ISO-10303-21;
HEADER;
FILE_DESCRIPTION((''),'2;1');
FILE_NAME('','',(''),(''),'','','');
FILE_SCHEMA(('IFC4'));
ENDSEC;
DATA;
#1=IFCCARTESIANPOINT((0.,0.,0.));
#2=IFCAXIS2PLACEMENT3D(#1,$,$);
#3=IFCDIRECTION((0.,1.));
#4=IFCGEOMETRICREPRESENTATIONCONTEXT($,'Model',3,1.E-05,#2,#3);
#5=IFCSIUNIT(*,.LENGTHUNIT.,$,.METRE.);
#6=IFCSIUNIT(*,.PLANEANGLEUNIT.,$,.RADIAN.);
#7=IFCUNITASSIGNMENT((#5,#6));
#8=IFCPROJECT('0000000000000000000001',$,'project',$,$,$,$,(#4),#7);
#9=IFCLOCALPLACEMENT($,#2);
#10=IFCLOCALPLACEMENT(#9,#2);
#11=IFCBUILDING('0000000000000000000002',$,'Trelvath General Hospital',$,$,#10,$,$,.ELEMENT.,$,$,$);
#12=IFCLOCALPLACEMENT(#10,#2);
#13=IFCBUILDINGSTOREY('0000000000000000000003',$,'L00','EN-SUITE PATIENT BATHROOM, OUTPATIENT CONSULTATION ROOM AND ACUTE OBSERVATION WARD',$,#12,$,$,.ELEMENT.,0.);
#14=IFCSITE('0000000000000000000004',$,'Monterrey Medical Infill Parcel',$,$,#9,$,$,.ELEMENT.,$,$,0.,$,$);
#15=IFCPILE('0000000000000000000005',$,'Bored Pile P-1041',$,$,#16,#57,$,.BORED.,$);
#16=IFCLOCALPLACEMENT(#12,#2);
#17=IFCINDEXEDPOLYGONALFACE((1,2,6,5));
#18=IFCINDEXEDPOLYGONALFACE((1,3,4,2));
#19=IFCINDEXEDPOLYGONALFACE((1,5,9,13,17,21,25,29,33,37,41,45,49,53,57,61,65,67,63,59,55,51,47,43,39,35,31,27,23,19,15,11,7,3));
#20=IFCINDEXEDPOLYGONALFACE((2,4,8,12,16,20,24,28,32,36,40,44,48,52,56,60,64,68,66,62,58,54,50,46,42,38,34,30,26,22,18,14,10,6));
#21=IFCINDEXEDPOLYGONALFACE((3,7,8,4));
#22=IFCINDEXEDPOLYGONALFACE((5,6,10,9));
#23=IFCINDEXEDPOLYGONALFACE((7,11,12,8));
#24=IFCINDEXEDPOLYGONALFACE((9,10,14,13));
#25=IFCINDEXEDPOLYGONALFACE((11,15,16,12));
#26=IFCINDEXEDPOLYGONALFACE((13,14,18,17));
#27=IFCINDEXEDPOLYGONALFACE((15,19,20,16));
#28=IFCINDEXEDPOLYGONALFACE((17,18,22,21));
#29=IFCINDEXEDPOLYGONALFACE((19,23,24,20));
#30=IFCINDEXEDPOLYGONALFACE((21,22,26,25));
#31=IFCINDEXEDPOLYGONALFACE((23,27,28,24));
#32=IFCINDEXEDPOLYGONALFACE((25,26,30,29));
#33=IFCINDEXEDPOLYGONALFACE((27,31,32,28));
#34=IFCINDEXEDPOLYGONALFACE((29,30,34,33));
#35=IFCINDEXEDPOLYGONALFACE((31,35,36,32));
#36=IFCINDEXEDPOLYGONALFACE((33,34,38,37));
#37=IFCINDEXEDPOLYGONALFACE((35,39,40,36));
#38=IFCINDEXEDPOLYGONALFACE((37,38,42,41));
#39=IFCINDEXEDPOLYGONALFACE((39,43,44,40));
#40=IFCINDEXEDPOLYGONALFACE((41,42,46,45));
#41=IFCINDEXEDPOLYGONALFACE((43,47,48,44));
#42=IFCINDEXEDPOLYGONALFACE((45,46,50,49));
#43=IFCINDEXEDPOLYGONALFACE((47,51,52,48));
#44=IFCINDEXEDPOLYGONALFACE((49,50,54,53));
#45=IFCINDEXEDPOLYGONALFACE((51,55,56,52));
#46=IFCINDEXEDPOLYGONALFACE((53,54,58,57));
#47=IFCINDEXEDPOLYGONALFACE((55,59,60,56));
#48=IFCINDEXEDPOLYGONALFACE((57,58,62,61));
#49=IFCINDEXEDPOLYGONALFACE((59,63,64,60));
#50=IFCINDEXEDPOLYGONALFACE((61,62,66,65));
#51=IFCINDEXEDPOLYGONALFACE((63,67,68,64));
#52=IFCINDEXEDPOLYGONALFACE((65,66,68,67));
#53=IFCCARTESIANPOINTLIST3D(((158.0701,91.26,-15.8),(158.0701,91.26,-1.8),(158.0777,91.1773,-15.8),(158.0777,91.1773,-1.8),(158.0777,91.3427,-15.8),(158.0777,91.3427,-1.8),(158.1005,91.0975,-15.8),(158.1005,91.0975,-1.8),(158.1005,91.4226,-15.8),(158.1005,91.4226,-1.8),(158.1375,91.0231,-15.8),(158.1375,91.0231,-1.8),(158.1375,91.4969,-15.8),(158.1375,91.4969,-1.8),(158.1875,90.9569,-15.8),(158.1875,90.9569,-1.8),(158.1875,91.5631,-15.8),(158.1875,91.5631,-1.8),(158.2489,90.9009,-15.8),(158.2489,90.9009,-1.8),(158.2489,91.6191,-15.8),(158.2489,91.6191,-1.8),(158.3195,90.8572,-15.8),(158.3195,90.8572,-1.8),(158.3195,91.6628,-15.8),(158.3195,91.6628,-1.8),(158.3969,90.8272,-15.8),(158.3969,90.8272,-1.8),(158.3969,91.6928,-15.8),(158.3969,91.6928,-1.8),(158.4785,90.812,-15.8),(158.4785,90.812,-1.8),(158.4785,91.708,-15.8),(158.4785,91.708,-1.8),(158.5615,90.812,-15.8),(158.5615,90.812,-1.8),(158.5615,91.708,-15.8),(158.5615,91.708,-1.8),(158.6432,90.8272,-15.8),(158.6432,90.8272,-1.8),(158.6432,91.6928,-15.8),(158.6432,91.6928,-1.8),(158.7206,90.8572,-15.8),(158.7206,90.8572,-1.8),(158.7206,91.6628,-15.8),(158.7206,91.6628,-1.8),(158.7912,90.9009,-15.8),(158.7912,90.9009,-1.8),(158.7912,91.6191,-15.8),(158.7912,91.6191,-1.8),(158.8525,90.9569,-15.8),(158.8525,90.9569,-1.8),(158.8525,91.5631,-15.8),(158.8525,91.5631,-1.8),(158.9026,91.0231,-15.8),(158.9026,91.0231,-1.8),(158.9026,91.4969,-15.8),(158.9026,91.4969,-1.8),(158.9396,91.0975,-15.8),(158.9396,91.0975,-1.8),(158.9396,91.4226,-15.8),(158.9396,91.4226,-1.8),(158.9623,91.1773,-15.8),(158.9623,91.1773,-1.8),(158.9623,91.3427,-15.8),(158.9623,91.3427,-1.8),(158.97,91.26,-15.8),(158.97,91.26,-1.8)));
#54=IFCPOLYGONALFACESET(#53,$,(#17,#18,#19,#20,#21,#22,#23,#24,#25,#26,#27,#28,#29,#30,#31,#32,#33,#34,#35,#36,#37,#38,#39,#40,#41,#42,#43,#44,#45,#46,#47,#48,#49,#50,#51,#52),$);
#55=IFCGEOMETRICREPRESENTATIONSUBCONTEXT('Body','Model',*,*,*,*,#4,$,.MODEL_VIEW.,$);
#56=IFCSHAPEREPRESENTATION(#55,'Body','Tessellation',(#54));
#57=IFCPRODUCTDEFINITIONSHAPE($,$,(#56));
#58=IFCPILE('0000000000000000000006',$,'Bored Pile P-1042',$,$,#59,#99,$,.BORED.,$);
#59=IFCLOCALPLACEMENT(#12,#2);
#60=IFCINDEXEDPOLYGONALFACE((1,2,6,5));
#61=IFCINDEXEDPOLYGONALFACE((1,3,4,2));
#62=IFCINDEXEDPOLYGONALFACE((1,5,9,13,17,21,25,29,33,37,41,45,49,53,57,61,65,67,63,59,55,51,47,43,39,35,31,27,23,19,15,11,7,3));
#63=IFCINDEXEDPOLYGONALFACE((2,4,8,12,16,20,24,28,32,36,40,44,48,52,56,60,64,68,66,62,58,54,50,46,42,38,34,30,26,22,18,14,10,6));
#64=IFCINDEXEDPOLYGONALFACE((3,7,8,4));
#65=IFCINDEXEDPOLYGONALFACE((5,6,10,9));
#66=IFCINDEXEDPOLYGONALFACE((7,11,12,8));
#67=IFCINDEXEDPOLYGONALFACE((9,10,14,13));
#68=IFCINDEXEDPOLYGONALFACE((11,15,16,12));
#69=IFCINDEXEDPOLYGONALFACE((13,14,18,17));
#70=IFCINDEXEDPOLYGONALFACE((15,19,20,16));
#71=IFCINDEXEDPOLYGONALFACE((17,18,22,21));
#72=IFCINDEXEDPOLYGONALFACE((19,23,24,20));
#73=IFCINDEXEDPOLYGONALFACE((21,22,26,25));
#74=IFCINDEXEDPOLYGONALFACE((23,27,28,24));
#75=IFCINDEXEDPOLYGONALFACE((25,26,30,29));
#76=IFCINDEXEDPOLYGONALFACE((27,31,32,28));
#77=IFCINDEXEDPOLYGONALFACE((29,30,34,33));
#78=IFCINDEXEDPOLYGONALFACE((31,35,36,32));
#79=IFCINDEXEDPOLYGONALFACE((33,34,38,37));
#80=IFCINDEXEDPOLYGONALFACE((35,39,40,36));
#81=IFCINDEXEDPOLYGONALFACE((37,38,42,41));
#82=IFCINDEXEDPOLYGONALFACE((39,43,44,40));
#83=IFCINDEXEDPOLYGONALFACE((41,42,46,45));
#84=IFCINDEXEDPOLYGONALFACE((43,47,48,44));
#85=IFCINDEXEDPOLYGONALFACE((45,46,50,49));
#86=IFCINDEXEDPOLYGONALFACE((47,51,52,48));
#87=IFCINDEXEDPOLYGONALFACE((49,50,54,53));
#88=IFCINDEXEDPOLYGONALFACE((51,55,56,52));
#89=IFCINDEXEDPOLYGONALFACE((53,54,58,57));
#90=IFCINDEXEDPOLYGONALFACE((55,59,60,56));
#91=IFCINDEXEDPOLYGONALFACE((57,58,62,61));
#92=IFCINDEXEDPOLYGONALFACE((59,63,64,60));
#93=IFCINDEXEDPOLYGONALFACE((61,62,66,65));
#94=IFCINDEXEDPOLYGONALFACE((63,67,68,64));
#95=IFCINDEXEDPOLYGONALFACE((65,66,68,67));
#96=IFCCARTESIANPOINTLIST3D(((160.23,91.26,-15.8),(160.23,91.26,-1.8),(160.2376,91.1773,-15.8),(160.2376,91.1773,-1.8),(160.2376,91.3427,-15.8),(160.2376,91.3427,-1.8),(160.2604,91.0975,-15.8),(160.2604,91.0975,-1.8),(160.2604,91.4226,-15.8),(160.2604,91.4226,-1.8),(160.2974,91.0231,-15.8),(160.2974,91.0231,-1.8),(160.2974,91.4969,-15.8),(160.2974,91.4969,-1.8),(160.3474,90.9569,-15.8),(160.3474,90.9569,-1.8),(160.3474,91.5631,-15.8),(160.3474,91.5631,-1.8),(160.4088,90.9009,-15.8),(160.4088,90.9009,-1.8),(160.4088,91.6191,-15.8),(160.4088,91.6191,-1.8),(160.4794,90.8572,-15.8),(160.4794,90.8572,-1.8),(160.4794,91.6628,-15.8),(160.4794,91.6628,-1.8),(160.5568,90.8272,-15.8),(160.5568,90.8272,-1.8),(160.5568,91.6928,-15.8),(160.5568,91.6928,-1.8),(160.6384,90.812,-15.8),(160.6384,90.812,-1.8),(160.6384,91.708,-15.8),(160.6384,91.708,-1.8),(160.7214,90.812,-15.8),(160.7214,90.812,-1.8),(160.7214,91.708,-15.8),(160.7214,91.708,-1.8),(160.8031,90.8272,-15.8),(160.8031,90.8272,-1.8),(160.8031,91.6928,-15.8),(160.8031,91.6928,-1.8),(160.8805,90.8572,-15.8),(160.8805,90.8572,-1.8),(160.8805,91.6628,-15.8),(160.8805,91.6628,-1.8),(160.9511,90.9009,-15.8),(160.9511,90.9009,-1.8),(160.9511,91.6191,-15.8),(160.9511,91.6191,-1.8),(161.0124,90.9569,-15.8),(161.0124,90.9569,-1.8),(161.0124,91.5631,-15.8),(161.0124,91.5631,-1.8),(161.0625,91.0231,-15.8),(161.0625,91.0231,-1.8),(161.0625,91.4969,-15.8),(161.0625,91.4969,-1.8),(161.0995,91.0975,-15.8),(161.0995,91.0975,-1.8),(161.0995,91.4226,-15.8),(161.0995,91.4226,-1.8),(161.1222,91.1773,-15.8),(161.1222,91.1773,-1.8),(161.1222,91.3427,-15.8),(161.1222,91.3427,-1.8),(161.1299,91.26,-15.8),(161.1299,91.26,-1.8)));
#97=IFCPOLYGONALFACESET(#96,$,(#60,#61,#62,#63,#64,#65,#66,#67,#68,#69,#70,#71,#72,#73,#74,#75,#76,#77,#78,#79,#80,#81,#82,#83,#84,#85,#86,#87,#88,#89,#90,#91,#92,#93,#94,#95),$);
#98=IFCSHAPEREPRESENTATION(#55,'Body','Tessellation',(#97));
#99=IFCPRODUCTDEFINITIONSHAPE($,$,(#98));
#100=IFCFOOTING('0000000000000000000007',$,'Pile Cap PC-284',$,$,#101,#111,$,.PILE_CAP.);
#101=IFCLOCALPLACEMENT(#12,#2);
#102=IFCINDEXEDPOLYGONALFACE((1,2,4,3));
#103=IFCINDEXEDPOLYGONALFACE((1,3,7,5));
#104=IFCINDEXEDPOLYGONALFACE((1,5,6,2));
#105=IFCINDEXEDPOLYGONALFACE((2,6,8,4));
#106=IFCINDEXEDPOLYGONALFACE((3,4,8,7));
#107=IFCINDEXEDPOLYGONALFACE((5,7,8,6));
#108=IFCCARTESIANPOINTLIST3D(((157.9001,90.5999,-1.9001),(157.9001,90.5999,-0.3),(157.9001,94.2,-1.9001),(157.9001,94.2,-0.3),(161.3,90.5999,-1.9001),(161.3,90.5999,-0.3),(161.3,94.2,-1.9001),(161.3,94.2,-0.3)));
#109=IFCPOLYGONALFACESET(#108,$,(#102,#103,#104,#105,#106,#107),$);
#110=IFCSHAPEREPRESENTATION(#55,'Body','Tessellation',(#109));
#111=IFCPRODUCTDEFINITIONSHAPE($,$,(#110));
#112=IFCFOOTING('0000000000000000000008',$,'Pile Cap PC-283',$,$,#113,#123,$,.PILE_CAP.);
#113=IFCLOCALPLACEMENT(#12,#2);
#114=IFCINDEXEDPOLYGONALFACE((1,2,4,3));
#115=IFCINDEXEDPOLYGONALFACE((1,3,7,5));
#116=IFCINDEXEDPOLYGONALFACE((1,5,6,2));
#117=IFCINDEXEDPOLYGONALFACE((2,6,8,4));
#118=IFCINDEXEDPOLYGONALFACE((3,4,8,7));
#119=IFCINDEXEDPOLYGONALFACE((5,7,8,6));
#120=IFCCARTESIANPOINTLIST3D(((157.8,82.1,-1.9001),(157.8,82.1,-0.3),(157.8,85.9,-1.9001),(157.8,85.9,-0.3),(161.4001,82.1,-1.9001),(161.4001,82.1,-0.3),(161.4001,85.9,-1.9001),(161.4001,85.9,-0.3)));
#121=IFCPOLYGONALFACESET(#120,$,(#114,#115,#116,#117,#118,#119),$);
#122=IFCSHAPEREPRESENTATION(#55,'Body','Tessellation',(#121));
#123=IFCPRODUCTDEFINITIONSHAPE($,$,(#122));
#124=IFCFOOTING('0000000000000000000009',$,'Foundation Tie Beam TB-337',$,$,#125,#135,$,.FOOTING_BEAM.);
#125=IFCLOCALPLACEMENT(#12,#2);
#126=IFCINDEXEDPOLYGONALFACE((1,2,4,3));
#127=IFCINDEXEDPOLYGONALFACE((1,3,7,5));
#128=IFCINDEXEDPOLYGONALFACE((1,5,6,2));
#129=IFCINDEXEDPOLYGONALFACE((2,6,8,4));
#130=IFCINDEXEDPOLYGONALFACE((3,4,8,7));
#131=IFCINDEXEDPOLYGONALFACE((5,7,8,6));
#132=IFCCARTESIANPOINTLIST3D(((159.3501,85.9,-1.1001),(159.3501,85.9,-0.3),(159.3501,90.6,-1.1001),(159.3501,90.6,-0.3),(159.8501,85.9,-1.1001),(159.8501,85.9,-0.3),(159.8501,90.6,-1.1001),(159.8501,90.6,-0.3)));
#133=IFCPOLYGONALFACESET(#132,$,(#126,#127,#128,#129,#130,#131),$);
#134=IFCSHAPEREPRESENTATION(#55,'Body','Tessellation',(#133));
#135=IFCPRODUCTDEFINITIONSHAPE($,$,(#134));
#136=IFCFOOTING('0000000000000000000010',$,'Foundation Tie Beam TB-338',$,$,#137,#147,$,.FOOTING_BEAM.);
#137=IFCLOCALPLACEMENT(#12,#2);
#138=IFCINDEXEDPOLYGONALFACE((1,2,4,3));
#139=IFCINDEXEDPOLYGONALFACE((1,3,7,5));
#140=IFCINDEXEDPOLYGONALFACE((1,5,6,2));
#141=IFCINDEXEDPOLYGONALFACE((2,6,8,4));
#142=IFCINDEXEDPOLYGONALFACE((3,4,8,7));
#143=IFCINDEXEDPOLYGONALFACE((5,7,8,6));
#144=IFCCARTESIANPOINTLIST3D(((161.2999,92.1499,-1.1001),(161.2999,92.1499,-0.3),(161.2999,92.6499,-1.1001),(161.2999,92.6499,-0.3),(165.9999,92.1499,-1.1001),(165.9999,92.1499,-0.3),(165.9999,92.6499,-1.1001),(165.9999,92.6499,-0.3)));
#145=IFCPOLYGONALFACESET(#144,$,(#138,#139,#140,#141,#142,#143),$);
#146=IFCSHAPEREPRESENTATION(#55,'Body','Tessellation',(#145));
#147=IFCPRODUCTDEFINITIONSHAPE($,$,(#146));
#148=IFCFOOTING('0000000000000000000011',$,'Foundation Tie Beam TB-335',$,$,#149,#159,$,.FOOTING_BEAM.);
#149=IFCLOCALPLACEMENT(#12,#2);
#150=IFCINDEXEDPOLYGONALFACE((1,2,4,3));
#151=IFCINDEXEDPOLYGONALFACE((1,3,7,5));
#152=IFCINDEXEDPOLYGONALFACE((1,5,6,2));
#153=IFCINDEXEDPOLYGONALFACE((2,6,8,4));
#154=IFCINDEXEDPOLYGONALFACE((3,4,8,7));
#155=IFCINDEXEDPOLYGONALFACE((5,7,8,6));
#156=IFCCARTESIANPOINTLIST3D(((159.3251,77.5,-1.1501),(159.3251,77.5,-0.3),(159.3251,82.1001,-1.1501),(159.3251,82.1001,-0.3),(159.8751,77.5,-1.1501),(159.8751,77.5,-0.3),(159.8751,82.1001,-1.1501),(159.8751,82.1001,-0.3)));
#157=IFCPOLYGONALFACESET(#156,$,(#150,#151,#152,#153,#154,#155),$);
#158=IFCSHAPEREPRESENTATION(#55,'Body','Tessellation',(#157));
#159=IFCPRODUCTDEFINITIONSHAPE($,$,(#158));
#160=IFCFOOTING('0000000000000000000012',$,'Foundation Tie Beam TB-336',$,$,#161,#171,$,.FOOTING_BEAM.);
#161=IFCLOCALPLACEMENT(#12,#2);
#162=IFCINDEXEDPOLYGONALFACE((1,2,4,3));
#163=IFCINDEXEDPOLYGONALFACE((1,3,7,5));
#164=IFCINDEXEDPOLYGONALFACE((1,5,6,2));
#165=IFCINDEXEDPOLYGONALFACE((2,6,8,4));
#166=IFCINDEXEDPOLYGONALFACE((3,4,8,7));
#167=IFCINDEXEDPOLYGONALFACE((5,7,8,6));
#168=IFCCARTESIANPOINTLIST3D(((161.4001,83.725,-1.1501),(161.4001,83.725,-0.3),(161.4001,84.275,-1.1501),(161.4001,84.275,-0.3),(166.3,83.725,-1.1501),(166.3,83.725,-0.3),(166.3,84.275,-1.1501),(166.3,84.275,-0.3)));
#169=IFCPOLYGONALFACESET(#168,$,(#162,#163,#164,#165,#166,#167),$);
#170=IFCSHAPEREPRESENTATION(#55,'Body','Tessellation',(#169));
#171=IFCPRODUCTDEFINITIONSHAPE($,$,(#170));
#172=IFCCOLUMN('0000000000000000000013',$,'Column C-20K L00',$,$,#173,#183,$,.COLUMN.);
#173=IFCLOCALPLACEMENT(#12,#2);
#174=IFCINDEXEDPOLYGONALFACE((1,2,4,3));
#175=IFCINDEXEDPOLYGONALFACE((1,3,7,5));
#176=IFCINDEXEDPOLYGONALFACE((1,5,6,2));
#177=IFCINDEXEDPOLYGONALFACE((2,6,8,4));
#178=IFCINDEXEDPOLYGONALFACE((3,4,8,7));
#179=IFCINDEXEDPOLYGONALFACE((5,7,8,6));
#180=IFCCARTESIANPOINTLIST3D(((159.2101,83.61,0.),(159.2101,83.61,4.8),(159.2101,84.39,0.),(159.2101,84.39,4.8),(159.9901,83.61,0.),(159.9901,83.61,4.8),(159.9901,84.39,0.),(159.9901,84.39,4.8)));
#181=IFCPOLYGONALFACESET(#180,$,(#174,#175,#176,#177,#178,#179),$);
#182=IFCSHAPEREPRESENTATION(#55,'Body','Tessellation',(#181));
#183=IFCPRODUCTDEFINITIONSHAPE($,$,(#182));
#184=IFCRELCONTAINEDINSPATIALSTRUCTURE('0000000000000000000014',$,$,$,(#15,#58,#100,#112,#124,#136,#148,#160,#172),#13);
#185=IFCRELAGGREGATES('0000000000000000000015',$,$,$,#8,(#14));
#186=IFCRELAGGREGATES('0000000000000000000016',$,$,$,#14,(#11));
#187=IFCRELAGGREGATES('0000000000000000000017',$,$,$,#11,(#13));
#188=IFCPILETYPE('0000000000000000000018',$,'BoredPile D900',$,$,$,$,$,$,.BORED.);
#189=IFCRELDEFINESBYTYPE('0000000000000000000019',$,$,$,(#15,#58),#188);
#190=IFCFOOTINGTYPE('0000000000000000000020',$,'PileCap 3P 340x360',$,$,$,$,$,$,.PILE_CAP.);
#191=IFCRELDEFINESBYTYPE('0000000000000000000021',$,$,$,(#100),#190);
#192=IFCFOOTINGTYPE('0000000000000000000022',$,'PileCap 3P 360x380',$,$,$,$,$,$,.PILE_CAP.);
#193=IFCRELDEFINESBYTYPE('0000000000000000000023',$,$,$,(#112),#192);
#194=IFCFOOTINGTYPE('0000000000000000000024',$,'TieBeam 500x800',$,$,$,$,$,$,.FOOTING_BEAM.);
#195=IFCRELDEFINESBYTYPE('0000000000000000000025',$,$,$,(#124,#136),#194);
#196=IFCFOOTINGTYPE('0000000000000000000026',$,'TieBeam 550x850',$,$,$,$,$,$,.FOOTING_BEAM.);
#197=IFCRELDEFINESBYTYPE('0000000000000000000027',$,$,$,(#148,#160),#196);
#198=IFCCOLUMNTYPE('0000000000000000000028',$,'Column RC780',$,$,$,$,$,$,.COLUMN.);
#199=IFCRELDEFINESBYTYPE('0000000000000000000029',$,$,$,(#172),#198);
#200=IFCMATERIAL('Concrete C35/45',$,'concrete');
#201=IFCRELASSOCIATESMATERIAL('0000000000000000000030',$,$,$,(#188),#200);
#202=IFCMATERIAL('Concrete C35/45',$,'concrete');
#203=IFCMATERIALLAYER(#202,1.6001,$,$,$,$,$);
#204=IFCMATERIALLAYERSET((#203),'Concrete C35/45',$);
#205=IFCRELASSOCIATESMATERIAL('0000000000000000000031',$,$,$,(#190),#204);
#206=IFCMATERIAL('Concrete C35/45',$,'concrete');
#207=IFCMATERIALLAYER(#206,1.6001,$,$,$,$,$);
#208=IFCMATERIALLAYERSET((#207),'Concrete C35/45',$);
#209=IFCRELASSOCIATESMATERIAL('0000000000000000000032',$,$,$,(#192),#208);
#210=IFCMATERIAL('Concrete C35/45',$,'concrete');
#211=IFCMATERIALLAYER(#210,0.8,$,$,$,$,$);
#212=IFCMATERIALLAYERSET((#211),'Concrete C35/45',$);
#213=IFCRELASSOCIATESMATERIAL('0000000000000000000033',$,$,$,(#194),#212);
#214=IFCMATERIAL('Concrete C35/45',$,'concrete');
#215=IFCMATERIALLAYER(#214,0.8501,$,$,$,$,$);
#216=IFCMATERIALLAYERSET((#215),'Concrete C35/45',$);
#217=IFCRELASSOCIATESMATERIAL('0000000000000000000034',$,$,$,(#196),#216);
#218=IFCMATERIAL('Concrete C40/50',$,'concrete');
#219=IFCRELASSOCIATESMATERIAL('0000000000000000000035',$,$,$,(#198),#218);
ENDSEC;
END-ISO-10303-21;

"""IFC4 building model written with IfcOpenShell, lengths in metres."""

from ifc_helpers import new_model, si_unit, direction, frame, origin, origin_2d, place, context, subcontext, project, spatial, rectangle, circle, extrude, material, layer, layer_set, material_profile, profile_set, type_object, element, save


model = new_model("IFC4")

# Units and contexts
model_context = context("Model", 3, precision=1e-05, world=origin(), true_north=direction((0.0, 1.0)))
body_context = subcontext(model_context, "Body", "Model", "MODEL_VIEW")
ifc_project = project(units=[si_unit("LENGTHUNIT", "METRE"), si_unit("PLANEANGLEUNIT", "RADIAN")], contexts=[model_context])

# Site, building, storey
site_placement = place(None, origin())
site = spatial("IfcSite", under=ifc_project, at=site_placement, Name="Monterrey Medical Infill Parcel", CompositionType="ELEMENT", RefElevation=0.0)
building_placement = place(site_placement, origin())
building = spatial("IfcBuilding", under=site, at=building_placement, Name="Trelvath General Hospital", CompositionType="ELEMENT")
storey_placement = place(building_placement, origin())
storey = spatial("IfcBuildingStorey", under=building, at=storey_placement, Name="L00", Description="EN-SUITE PATIENT BATHROOM, OUTPATIENT CONSULTATION ROOM AND ACUTE OBSERVATION WARD", CompositionType="ELEMENT", Elevation=0.0)

# Piles
ifc_material_1 = material(Name="Concrete C35/45", Category="concrete")
ifc_material_profile_1 = material_profile(ifc_material_1, circle(Radius=0.45, at=origin_2d()), Name="PILE900")
ifc_profile_set_1 = profile_set([ifc_material_profile_1], Name="Concrete C35/45")
pile_type_1 = type_object("IfcPileType", Name="BoredPile D900", PredefinedType="BORED", material=ifc_profile_set_1)
for number, where, z_axis, x_axis, name in (
    (1, (158.52, 91.26, -1.8), (0.0, 0.0, -1.0), (1.0, 0.0, 0.0), "Bored Pile P-1041"),
    (2, (160.6799, 91.26, -1.8), (0.0, 0.0, -1.0), (1.0, 0.0, 0.0), "Bored Pile P-1042"),
):
    element("IfcPile", number, at=place(storey_placement, frame(where, z_axis=z_axis, x_axis=x_axis)), inside=storey, type_object=pile_type_1, Name=name, PredefinedType="BORED", context=body_context, shape_type="SweptSolid", body=[
        extrude(circle(Radius=0.45, at=origin_2d()), origin(), (0.0, 0.0, 1.0), 14.0),
    ])

# Footings
ifc_material_2 = material(Name="Concrete C35/45", Category="concrete")
ifc_layer_1 = layer(ifc_material_2, 1.6001)
ifc_layer_set_1 = layer_set([ifc_layer_1], Name="Concrete C35/45")
footing_type_1 = type_object("IfcFootingType", Name="PileCap 3P 340x360", PredefinedType="PILE_CAP", material=ifc_layer_set_1)
footing_1_placement = place(storey_placement, frame((159.6001, 92.3999, -1.9001), z_axis=(0.0, 0.0, 1.0), x_axis=(1.0, 0.0, 0.0)))
element("IfcFooting", 3, at=footing_1_placement, inside=storey, type_object=footing_type_1, Name="Pile Cap PC-284", PredefinedType="PILE_CAP", context=body_context, shape_type="SweptSolid", body=[
    extrude(rectangle(XDim=3.3999, YDim=3.6001, at=origin_2d()), origin(), (0.0, 0.0, 1.0), 1.6001),
])
ifc_material_3 = material(Name="Concrete C35/45", Category="concrete")
ifc_layer_2 = layer(ifc_material_3, 1.6001)
ifc_layer_set_2 = layer_set([ifc_layer_2], Name="Concrete C35/45")
footing_type_2 = type_object("IfcFootingType", Name="PileCap 3P 360x380", PredefinedType="PILE_CAP", material=ifc_layer_set_2)
footing_2_placement = place(storey_placement, frame((159.6001, 84.0, -1.9001), z_axis=(0.0, 0.0, 1.0), x_axis=(1.0, 0.0, 0.0)))
element("IfcFooting", 4, at=footing_2_placement, inside=storey, type_object=footing_type_2, Name="Pile Cap PC-283", PredefinedType="PILE_CAP", context=body_context, shape_type="SweptSolid", body=[
    extrude(rectangle(XDim=3.6001, YDim=3.8, at=origin_2d()), origin(), (0.0, 0.0, 1.0), 1.6001),
])
ifc_material_4 = material(Name="Concrete C35/45", Category="concrete")
ifc_layer_3 = layer(ifc_material_4, 0.8)
ifc_layer_set_3 = layer_set([ifc_layer_3], Name="Concrete C35/45")
footing_type_3 = type_object("IfcFootingType", Name="TieBeam 500x800", PredefinedType="FOOTING_BEAM", material=ifc_layer_set_3)
footing_3_placement = place(storey_placement, frame((159.6001, 88.25, -1.1001), z_axis=(0.0, 0.0, 1.0), x_axis=(1.0, 0.0, 0.0)))
element("IfcFooting", 5, at=footing_3_placement, inside=storey, type_object=footing_type_3, Name="Foundation Tie Beam TB-337", PredefinedType="FOOTING_BEAM", context=body_context, shape_type="SweptSolid", body=[
    extrude(rectangle(XDim=0.5, YDim=4.7, at=origin_2d()), origin(), (0.0, 0.0, 1.0), 0.8),
])
footing_4_placement = place(storey_placement, frame((163.6499, 92.3999, -1.1001), z_axis=(0.0, 0.0, 1.0), x_axis=(1.0, 0.0, 0.0)))
element("IfcFooting", 6, at=footing_4_placement, inside=storey, type_object=footing_type_3, Name="Foundation Tie Beam TB-338", PredefinedType="FOOTING_BEAM", context=body_context, shape_type="SweptSolid", body=[
    extrude(rectangle(XDim=4.7, YDim=0.5, at=origin_2d()), origin(), (0.0, 0.0, 1.0), 0.8),
])
ifc_material_5 = material(Name="Concrete C35/45", Category="concrete")
ifc_layer_4 = layer(ifc_material_5, 0.8501)
ifc_layer_set_4 = layer_set([ifc_layer_4], Name="Concrete C35/45")
footing_type_4 = type_object("IfcFootingType", Name="TieBeam 550x850", PredefinedType="FOOTING_BEAM", material=ifc_layer_set_4)
footing_5_placement = place(storey_placement, frame((159.6001, 79.8, -1.1501), z_axis=(0.0, 0.0, 1.0), x_axis=(1.0, 0.0, 0.0)))
element("IfcFooting", 7, at=footing_5_placement, inside=storey, type_object=footing_type_4, Name="Foundation Tie Beam TB-335", PredefinedType="FOOTING_BEAM", context=body_context, shape_type="SweptSolid", body=[
    extrude(rectangle(XDim=0.55, YDim=4.6001, at=origin_2d()), origin(), (0.0, 0.0, 1.0), 0.8501),
])
footing_6_placement = place(storey_placement, frame((163.8501, 84.0, -1.1501), z_axis=(0.0, 0.0, 1.0), x_axis=(1.0, 0.0, 0.0)))
element("IfcFooting", 8, at=footing_6_placement, inside=storey, type_object=footing_type_4, Name="Foundation Tie Beam TB-336", PredefinedType="FOOTING_BEAM", context=body_context, shape_type="SweptSolid", body=[
    extrude(rectangle(XDim=4.8999, YDim=0.55, at=origin_2d()), origin(), (0.0, 0.0, 1.0), 0.8501),
])

# Column
ifc_material_6 = material(Name="Concrete C40/50", Category="concrete")
ifc_material_profile_2 = material_profile(ifc_material_6, rectangle(XDim=0.78, YDim=0.78, at=origin_2d()), Name="RC780x780")
ifc_profile_set_2 = profile_set([ifc_material_profile_2], Name="Concrete C40/50")
column_type = type_object("IfcColumnType", Name="Column RC780", PredefinedType="COLUMN", material=ifc_profile_set_2)
for number, where, z_axis, x_axis, name in (
    (9, (159.6001, 84.0, 0.0), (0.0, 0.0, 1.0), (1.0, 0.0, 0.0), "Column C-20K L00"),
):
    element("IfcColumn", number, at=place(storey_placement, frame(where, z_axis=z_axis, x_axis=x_axis)), inside=storey, type_object=column_type, Name=name, PredefinedType="COLUMN", context=body_context, shape_type="SweptSolid", body=[
        extrude(rectangle(XDim=0.78, YDim=0.78, at=origin_2d()), origin(), (0.0, 0.0, 1.0), 4.8),
    ])

save(model, "model.ifc")
